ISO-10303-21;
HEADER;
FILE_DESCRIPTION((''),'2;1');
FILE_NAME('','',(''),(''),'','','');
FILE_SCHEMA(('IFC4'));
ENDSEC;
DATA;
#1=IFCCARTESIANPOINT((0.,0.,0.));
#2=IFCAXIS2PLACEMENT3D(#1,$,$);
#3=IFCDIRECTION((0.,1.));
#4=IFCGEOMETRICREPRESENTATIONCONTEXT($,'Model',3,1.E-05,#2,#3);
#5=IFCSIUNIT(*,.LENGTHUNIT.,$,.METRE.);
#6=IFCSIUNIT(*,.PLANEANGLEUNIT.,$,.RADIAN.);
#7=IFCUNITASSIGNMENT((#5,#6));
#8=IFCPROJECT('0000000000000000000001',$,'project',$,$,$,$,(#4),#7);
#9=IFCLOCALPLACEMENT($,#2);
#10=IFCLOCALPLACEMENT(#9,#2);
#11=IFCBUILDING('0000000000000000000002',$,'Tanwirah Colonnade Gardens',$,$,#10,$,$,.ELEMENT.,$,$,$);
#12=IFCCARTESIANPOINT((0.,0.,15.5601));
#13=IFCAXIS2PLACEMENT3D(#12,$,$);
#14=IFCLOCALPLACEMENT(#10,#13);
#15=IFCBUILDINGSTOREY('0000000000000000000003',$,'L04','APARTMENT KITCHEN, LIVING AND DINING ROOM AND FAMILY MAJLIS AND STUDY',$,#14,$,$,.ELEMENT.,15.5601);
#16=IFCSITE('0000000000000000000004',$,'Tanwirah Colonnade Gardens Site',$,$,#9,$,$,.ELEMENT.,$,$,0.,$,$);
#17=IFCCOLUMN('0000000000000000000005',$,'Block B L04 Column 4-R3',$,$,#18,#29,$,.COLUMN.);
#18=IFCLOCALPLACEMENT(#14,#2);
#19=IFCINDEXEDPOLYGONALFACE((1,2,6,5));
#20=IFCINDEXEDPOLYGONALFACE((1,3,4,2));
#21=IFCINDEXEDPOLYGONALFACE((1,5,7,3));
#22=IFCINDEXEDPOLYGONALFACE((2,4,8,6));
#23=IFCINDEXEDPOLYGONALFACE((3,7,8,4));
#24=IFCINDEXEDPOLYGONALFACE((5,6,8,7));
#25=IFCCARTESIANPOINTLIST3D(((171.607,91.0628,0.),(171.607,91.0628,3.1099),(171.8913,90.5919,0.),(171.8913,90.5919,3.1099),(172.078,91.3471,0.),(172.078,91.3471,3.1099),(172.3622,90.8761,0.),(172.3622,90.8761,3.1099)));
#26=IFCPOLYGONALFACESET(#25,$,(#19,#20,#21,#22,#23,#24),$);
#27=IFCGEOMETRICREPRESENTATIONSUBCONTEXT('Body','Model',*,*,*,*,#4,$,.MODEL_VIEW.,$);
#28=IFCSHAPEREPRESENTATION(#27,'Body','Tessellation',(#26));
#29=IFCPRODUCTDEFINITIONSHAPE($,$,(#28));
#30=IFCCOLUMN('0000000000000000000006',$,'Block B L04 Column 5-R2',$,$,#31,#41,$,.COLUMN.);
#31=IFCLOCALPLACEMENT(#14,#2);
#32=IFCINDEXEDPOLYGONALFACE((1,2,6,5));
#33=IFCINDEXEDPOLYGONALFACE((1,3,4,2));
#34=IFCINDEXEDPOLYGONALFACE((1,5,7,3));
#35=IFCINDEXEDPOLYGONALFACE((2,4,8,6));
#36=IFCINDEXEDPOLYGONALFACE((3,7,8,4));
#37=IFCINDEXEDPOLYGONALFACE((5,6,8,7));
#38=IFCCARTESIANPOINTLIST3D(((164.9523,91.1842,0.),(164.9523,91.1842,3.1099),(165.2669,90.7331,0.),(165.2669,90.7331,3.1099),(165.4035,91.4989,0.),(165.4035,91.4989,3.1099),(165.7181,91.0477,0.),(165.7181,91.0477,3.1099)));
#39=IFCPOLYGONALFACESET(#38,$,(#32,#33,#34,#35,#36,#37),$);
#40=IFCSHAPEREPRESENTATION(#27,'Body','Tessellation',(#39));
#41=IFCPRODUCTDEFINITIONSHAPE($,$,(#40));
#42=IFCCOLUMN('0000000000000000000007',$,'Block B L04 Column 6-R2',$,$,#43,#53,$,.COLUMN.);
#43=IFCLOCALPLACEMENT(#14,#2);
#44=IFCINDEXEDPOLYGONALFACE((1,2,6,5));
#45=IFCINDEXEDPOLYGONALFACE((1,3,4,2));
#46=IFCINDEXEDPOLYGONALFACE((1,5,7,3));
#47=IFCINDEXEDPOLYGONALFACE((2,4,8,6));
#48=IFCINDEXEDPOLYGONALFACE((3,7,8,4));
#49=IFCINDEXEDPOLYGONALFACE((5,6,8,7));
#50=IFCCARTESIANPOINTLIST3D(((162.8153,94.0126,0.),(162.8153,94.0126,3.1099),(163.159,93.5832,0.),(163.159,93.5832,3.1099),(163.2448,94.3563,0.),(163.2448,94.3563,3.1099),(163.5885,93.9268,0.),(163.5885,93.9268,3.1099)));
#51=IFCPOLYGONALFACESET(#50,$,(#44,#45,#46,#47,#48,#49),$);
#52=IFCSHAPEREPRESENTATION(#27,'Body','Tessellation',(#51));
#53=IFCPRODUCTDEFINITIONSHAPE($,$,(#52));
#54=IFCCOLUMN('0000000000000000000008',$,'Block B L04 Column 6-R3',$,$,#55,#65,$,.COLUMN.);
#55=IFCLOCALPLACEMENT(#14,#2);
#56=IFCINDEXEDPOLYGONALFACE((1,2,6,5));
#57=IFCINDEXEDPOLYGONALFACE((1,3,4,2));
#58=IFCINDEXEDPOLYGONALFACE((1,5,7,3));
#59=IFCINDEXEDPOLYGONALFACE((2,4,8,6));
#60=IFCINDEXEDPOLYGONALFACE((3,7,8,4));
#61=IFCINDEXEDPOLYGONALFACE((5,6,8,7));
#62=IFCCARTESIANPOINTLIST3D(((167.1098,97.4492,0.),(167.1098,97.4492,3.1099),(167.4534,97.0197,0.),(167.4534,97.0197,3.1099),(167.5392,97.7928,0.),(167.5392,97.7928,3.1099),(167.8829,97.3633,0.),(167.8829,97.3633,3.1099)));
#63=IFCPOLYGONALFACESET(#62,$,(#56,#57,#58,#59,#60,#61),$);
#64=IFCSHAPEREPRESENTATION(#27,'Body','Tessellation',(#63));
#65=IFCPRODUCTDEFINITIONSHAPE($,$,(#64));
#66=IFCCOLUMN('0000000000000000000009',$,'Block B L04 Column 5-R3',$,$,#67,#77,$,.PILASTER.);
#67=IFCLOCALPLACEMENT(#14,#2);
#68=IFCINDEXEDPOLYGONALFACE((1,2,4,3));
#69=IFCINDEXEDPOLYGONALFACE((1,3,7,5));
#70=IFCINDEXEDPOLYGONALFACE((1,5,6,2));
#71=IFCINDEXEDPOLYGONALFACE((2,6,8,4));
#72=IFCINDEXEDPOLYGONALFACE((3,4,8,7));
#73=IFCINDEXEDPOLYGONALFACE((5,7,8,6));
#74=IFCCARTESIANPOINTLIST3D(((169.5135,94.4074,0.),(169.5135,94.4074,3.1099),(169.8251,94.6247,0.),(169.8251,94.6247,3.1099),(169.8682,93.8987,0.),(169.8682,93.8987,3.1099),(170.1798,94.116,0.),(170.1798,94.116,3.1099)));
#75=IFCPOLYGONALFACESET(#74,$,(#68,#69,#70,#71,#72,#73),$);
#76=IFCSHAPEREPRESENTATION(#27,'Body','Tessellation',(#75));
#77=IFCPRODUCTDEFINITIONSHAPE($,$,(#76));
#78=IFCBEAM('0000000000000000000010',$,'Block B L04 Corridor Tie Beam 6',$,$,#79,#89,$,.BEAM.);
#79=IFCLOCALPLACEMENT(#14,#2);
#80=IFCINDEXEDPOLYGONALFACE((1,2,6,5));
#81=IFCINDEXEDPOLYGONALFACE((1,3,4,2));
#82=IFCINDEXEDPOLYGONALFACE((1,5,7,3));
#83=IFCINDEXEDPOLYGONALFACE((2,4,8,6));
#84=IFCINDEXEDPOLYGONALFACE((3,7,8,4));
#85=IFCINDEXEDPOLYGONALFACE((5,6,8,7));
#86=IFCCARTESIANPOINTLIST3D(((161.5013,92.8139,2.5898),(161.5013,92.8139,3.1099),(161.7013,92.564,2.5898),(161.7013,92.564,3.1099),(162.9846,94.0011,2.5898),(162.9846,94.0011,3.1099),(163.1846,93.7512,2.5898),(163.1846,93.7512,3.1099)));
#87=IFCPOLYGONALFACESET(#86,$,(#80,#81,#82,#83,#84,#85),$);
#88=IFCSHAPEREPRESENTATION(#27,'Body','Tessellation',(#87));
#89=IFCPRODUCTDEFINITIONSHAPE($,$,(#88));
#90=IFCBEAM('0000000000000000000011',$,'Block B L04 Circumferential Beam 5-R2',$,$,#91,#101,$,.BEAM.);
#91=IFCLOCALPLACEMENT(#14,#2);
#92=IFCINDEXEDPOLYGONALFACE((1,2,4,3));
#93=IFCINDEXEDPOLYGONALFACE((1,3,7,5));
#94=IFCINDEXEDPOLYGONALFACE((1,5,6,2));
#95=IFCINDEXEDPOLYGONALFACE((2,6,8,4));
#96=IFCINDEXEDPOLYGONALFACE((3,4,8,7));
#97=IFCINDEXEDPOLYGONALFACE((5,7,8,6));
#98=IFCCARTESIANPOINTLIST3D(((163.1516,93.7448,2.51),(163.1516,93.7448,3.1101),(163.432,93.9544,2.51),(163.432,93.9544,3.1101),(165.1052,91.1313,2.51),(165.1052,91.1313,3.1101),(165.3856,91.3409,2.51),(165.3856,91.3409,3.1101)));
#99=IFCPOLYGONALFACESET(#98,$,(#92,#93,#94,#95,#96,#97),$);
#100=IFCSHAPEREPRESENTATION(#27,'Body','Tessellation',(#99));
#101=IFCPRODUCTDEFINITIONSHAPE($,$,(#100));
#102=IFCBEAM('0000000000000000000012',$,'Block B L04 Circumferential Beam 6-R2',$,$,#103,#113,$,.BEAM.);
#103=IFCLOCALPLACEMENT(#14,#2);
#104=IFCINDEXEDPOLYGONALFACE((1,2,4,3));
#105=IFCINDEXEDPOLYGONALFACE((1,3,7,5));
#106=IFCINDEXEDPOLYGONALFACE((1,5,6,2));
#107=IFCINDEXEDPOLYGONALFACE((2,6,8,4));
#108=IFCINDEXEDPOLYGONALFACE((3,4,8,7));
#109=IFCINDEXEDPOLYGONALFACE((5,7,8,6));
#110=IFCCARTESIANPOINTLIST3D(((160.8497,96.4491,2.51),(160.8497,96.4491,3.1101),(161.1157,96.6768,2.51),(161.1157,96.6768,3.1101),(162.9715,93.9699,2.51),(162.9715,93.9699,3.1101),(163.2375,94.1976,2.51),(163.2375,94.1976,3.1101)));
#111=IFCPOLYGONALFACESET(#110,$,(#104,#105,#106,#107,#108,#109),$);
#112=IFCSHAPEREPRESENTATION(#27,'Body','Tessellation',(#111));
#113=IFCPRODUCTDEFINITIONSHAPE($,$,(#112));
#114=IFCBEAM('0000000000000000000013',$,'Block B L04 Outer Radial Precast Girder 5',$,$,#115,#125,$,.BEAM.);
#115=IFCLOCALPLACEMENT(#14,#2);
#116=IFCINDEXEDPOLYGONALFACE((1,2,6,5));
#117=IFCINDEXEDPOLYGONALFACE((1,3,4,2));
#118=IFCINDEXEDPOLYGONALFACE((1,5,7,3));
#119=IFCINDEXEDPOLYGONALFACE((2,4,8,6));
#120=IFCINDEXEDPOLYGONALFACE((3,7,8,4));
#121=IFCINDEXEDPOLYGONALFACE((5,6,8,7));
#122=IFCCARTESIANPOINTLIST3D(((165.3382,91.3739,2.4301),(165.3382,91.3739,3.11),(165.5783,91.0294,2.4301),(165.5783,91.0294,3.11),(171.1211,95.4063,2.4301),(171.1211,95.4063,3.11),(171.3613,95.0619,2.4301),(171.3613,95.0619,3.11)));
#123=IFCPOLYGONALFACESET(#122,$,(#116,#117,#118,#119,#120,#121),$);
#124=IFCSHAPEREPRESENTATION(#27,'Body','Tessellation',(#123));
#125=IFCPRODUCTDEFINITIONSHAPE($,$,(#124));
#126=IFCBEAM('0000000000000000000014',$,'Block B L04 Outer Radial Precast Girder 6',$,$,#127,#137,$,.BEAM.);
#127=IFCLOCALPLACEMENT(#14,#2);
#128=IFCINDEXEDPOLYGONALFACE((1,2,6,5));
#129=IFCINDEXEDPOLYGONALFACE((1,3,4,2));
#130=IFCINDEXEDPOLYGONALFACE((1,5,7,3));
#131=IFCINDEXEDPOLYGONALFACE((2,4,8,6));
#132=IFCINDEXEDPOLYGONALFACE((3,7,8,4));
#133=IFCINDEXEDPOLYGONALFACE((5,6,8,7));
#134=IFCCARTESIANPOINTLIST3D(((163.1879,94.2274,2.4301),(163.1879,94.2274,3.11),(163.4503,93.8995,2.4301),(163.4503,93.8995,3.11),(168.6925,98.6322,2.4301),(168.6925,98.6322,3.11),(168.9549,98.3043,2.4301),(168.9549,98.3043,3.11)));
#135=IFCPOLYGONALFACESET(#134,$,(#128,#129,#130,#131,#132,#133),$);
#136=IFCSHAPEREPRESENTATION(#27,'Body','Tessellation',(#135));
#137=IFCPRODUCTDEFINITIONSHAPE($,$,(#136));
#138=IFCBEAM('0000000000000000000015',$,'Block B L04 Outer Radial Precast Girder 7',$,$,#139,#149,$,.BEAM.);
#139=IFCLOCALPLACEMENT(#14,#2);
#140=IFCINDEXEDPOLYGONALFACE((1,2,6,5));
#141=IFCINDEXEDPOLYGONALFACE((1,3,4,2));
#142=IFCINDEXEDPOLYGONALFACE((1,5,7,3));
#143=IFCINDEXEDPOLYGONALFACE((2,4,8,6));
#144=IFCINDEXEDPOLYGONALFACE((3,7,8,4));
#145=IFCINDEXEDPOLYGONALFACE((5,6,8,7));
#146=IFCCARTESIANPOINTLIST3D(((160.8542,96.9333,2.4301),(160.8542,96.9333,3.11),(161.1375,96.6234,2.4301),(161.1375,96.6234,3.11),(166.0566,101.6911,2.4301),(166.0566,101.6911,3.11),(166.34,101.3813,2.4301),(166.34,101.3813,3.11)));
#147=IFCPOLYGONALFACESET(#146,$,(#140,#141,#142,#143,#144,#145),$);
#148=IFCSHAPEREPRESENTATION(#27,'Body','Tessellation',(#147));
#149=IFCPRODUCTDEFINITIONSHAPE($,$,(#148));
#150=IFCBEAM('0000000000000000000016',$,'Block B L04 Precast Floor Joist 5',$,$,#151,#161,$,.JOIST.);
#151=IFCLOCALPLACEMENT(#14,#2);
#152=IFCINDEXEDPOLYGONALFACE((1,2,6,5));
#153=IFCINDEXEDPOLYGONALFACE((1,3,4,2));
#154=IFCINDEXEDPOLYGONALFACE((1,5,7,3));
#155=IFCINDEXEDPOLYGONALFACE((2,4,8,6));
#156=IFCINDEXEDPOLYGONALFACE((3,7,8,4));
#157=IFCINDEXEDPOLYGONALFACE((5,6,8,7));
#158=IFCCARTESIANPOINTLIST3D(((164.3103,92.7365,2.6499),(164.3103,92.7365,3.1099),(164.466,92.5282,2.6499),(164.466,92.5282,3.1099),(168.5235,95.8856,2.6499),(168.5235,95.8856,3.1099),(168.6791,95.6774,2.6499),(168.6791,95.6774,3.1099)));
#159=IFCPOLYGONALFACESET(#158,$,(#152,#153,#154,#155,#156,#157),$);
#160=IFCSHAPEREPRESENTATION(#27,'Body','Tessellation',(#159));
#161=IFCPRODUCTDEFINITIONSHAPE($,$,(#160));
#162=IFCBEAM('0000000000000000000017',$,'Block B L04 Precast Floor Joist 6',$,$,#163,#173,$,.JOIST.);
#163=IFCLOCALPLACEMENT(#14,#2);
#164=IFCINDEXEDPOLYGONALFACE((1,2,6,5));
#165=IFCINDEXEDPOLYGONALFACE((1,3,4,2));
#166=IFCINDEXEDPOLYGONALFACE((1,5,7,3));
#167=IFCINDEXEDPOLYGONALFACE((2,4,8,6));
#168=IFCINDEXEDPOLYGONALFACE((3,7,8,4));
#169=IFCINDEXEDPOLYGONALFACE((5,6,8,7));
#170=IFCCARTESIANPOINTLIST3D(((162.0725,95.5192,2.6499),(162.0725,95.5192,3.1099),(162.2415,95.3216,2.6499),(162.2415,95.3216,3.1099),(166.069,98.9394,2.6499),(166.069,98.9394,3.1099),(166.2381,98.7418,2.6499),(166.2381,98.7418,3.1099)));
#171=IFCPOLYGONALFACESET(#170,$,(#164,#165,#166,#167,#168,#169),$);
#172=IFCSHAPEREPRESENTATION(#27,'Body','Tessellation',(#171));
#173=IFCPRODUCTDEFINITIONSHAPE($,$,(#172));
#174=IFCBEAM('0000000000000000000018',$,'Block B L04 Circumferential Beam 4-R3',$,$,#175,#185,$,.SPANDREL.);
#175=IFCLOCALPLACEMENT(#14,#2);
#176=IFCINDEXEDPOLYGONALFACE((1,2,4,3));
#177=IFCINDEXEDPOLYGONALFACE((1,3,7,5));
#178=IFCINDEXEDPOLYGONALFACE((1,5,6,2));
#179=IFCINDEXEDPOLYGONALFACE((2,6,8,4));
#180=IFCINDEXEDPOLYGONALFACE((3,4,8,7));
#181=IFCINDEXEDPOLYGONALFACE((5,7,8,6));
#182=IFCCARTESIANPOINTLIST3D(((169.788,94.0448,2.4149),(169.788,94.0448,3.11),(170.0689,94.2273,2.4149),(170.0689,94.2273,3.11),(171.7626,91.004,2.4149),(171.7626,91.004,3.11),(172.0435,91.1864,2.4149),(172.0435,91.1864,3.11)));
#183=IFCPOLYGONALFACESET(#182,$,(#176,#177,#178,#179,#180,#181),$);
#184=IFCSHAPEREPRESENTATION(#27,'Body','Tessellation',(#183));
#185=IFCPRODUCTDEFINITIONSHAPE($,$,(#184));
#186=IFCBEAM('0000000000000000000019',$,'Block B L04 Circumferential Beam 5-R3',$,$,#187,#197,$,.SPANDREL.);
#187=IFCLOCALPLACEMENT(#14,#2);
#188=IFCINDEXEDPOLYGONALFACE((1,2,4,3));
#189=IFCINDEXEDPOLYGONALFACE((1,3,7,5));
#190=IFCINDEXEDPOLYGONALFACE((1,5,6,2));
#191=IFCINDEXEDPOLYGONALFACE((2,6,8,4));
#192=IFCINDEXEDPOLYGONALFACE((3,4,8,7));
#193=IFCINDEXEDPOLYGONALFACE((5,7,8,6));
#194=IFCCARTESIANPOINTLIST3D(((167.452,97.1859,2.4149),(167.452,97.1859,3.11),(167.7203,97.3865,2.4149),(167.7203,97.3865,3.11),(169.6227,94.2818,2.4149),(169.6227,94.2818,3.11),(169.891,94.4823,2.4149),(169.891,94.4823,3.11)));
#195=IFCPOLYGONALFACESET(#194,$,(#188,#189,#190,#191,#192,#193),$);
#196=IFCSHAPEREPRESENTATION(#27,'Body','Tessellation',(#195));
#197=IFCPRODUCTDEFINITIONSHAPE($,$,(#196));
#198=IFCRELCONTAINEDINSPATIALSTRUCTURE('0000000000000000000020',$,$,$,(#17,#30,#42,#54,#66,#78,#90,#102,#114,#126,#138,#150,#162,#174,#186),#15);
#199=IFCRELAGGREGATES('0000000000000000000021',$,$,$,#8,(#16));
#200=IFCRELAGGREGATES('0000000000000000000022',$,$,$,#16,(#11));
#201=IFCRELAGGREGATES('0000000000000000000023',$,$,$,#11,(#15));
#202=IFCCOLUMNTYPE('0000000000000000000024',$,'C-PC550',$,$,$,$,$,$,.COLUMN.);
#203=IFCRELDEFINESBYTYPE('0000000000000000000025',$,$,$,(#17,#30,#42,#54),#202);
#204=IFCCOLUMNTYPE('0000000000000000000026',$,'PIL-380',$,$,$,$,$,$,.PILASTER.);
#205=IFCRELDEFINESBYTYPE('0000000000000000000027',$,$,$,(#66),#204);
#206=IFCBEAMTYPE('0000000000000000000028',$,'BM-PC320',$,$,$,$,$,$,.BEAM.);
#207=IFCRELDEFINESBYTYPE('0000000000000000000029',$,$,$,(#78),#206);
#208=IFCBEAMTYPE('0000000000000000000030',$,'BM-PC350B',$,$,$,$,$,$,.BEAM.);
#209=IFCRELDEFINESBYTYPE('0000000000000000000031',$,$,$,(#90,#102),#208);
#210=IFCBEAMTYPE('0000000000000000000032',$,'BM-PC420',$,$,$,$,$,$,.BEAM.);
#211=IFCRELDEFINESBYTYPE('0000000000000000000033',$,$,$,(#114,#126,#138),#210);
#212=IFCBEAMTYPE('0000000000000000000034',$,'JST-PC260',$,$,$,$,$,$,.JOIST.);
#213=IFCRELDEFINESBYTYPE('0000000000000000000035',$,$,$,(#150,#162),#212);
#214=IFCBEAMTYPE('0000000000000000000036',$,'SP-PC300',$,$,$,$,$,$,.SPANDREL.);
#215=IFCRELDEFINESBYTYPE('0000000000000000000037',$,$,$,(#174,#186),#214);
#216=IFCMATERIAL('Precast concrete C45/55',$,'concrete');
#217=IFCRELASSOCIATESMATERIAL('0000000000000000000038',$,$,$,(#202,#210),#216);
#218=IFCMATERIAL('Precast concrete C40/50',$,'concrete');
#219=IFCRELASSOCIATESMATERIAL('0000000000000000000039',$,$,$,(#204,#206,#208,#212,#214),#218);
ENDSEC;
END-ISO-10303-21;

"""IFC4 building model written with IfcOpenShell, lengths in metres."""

from ifc_helpers import new_model, si_unit, direction, frame, origin, origin_2d, place, context, subcontext, project, spatial, rectangle, extrude, material, material_profile, profile_set, type_object, element, save


model = new_model("IFC4")

# Units and contexts
model_context = context("Model", 3, precision=1e-05, world=origin(), true_north=direction((0.0, 1.0)))
body_context = subcontext(model_context, "Body", "Model", "MODEL_VIEW")
ifc_project = project(units=[si_unit("LENGTHUNIT", "METRE"), si_unit("PLANEANGLEUNIT", "RADIAN")], contexts=[model_context])

# Site, building, storey
site_placement = place(None, origin())
site = spatial("IfcSite", under=ifc_project, at=site_placement, Name="Tanwirah Colonnade Gardens Site", CompositionType="ELEMENT", RefElevation=0.0)
building_placement = place(site_placement, origin())
building = spatial("IfcBuilding", under=site, at=building_placement, Name="Tanwirah Colonnade Gardens", CompositionType="ELEMENT")
storey_placement = place(building_placement, frame((0.0, 0.0, 15.5601)))
storey = spatial("IfcBuildingStorey", under=building, at=storey_placement, Name="L04", Description="APARTMENT KITCHEN, LIVING AND DINING ROOM AND FAMILY MAJLIS AND STUDY", CompositionType="ELEMENT", Elevation=15.5601)

# Columns
ifc_material_1 = material(Name="Precast concrete C45/55", Category="concrete")
ifc_material_profile_1 = material_profile(ifc_material_1, rectangle(XDim=0.55, YDim=0.55, at=origin_2d()), Name="PC-COL 550x550")
ifc_profile_set_1 = profile_set([ifc_material_profile_1], Name="Precast concrete C45/55")
column_type_1 = type_object("IfcColumnType", Name="C-PC550", PredefinedType="COLUMN", material=ifc_profile_set_1)
for number, where, z_axis, x_axis, name in (
    (1, (171.9846, 90.9695, 0.0), (0.0, 0.0, 1.0), (0.856167, 0.516699, 0.0), "Block B L04 Column 4-R3"),
    (2, (165.3352, 91.116, 0.0), (0.0, 0.0, 1.0), (0.820263, 0.571987, 0.0), "Block B L04 Column 5-R2"),
    (3, (163.2019, 93.9697, 0.0), (0.0, 0.0, 1.0), (0.780794, 0.624789, 0.0), "Block B L04 Column 6-R2"),
    (4, (167.4963, 97.4062, 0.0), (0.0, 0.0, 1.0), (0.780794, 0.624789, 0.0), "Block B L04 Column 6-R3"),
):
    element("IfcColumn", number, at=place(storey_placement, frame(where, z_axis=z_axis, x_axis=x_axis)), inside=storey, type_object=column_type_1, Name=name, PredefinedType="COLUMN", context=body_context, shape_type="SweptSolid", body=[
        extrude(rectangle(XDim=0.55, YDim=0.55, at=origin_2d()), origin(), (0.0, 0.0, 1.0), 3.1099),
    ])
ifc_material_2 = material(Name="Precast concrete C40/50", Category="concrete")
ifc_material_profile_2 = material_profile(ifc_material_2, rectangle(XDim=0.3799, YDim=0.6201, at=origin_2d()), Name="PC-PIL 380x620")
ifc_profile_set_2 = profile_set([ifc_material_profile_2], Name="Precast concrete C40/50")
column_type_2 = type_object("IfcColumnType", Name="PIL-380", PredefinedType="PILASTER", material=ifc_profile_set_2)
column_placement = place(storey_placement, frame((169.8467, 94.2617, 0.0), z_axis=(0.0, 0.0, 1.0), x_axis=(0.820263, 0.571987, 0.0)))
element("IfcColumn", 5, at=column_placement, inside=storey, type_object=column_type_2, Name="Block B L04 Column 5-R3", PredefinedType="PILASTER", context=body_context, shape_type="SweptSolid", body=[
    extrude(rectangle(XDim=0.3799, YDim=0.6201, at=origin_2d()), origin(), (0.0, 0.0, 1.0), 3.1099),
])

# Beams
ifc_material_profile_3 = material_profile(ifc_material_2, rectangle(XDim=0.3201, YDim=0.52, at=origin_2d()), Name="PC-BM 320x520")
ifc_profile_set_3 = profile_set([ifc_material_profile_3], Name="Precast concrete C40/50")
beam_type_1 = type_object("IfcBeamType", Name="BM-PC320", PredefinedType="BEAM", material=ifc_profile_set_3)
beam_1_placement = place(storey_placement, frame((161.6013, 92.689, 2.8499), z_axis=(0.780731, 0.624867, 0.0), x_axis=(-0.624867, 0.780731, 0.0)))
element("IfcBeam", 6, at=beam_1_placement, inside=storey, type_object=beam_type_1, Name="Block B L04 Corridor Tie Beam 6", PredefinedType="BEAM", context=body_context, shape_type="SweptSolid", body=[
    extrude(rectangle(XDim=0.3201, YDim=0.52, at=origin_2d()), origin(), (0.0, 0.0, 1.0), 1.8999),
])
ifc_material_profile_4 = material_profile(ifc_material_2, rectangle(XDim=0.3501, YDim=0.6001, at=origin_2d()), Name="PC-BM 350x600")
ifc_profile_set_4 = profile_set([ifc_material_profile_4], Name="Precast concrete C40/50")
beam_type_2 = type_object("IfcBeamType", Name="BM-PC350B", PredefinedType="BEAM", material=ifc_profile_set_4)
beam_2_placement = place(storey_placement, frame((165.2454, 91.2361, 2.8101), z_axis=(-0.598718, 0.80096, 0.0), x_axis=(-0.80096, -0.598718, 0.0)))
element("IfcBeam", 7, at=beam_2_placement, inside=storey, type_object=beam_type_2, Name="Block B L04 Circumferential Beam 5-R2", PredefinedType="BEAM", context=body_context, shape_type="SweptSolid", body=[
    extrude(rectangle(XDim=0.3501, YDim=0.6001, at=origin_2d()), origin(), (0.0, 0.0, 1.0), 3.2629),
])
beam_3_placement = place(storey_placement, frame((163.1045, 94.0837, 2.8101), z_axis=(-0.650218, 0.759748, 0.0), x_axis=(-0.759748, -0.650218, 0.0)))
element("IfcBeam", 8, at=beam_3_placement, inside=storey, type_object=beam_type_2, Name="Block B L04 Circumferential Beam 6-R2", PredefinedType="BEAM", context=body_context, shape_type="SweptSolid", body=[
    extrude(rectangle(XDim=0.3501, YDim=0.6001, at=origin_2d()), origin(), (0.0, 0.0, 1.0), 3.2632),
])
ifc_material_profile_5 = material_profile(ifc_material_1, rectangle(XDim=0.4199, YDim=0.6799, at=origin_2d()), Name="PC-BM 420x680")
ifc_profile_set_5 = profile_set([ifc_material_profile_5], Name="Precast concrete C45/55")
beam_type_3 = type_object("IfcBeamType", Name="BM-PC420", PredefinedType="BEAM", material=ifc_profile_set_5)
for number, where, z_axis, x_axis, name in (
    (9, (165.4583, 91.2017, 2.77), (0.82027, 0.571976, 0.0), (-0.571976, 0.82027, 0.0), "Block B L04 Outer Radial Precast Girder 5"),
    (10, (163.3191, 94.0635, 2.77), (0.780794, 0.624788, 0.0), (-0.624788, 0.780794, 0.0), "Block B L04 Outer Radial Precast Girder 6"),
    (11, (160.9958, 96.7783, 2.77), (0.737934, 0.674873, 0.0), (-0.674873, 0.737934, 0.0), "Block B L04 Outer Radial Precast Girder 7"),
):
    element("IfcBeam", number, at=place(storey_placement, frame(where, z_axis=z_axis, x_axis=x_axis)), inside=storey, type_object=beam_type_3, Name=name, PredefinedType="BEAM", context=body_context, shape_type="SweptSolid", body=[
        extrude(rectangle(XDim=0.4199, YDim=0.6799, at=origin_2d()), origin(), (0.0, 0.0, 1.0), 7.05),
    ])
ifc_material_profile_6 = material_profile(ifc_material_2, rectangle(XDim=0.26, YDim=0.46, at=origin_2d()), Name="PC-JST 260x460")
ifc_profile_set_6 = profile_set([ifc_material_profile_6], Name="Precast concrete C40/50")
beam_type_4 = type_object("IfcBeamType", Name="JST-PC260", PredefinedType="JOIST", material=ifc_profile_set_6)
beam_4_placement = place(storey_placement, frame((164.3882, 92.6323, 2.8799), z_axis=(0.800974, 0.5987, 0.0), x_axis=(-0.5987, 0.800974, 0.0)))
element("IfcBeam", 12, at=beam_4_placement, inside=storey, type_object=beam_type_4, Name="Block B L04 Precast Floor Joist 5", PredefinedType="JOIST", context=body_context, shape_type="SweptSolid", body=[
    extrude(rectangle(XDim=0.26, YDim=0.46, at=origin_2d()), origin(), (0.0, 0.0, 1.0), 5.26),
])
beam_5_placement = place(storey_placement, frame((162.157, 95.4204, 2.8799), z_axis=(0.759771, 0.650191, 0.0), x_axis=(-0.650191, 0.759771, 0.0)))
element("IfcBeam", 13, at=beam_5_placement, inside=storey, type_object=beam_type_4, Name="Block B L04 Precast Floor Joist 6", PredefinedType="JOIST", context=body_context, shape_type="SweptSolid", body=[
    extrude(rectangle(XDim=0.26, YDim=0.46, at=origin_2d()), origin(), (0.0, 0.0, 1.0), 5.2603),
])
ifc_material_profile_7 = material_profile(ifc_material_2, rectangle(XDim=0.335, YDim=0.6951, at=origin_2d()), Name="PC-SP 335x695")
ifc_profile_set_7 = profile_set([ifc_material_profile_7], Name="Precast concrete C40/50")
beam_type_5 = type_object("IfcBeamType", Name="SP-PC300", PredefinedType="SPANDREL", material=ifc_profile_set_7)
for number, where, z_axis, x_axis, name in (
    (14, (171.9031, 91.0952, 2.7625), (-0.544621, 0.838682, 0.0), (-0.838682, -0.544621, 0.0), "Block B L04 Circumferential Beam 4-R3"),
    (15, (169.7568, 94.3821, 2.7625), (-0.598696, 0.800977, 0.0), (-0.800977, -0.598696, 0.0), "Block B L04 Circumferential Beam 5-R3"),
):
    element("IfcBeam", number, at=place(storey_placement, frame(where, z_axis=z_axis, x_axis=x_axis)), inside=storey, type_object=beam_type_5, Name=name, PredefinedType="SPANDREL", context=body_context, shape_type="SweptSolid", body=[
        extrude(rectangle(XDim=0.335, YDim=0.6951, at=origin_2d()), origin(), (0.0, 0.0, 1.0), 3.6257),
    ])

save(model, "model.ifc")
